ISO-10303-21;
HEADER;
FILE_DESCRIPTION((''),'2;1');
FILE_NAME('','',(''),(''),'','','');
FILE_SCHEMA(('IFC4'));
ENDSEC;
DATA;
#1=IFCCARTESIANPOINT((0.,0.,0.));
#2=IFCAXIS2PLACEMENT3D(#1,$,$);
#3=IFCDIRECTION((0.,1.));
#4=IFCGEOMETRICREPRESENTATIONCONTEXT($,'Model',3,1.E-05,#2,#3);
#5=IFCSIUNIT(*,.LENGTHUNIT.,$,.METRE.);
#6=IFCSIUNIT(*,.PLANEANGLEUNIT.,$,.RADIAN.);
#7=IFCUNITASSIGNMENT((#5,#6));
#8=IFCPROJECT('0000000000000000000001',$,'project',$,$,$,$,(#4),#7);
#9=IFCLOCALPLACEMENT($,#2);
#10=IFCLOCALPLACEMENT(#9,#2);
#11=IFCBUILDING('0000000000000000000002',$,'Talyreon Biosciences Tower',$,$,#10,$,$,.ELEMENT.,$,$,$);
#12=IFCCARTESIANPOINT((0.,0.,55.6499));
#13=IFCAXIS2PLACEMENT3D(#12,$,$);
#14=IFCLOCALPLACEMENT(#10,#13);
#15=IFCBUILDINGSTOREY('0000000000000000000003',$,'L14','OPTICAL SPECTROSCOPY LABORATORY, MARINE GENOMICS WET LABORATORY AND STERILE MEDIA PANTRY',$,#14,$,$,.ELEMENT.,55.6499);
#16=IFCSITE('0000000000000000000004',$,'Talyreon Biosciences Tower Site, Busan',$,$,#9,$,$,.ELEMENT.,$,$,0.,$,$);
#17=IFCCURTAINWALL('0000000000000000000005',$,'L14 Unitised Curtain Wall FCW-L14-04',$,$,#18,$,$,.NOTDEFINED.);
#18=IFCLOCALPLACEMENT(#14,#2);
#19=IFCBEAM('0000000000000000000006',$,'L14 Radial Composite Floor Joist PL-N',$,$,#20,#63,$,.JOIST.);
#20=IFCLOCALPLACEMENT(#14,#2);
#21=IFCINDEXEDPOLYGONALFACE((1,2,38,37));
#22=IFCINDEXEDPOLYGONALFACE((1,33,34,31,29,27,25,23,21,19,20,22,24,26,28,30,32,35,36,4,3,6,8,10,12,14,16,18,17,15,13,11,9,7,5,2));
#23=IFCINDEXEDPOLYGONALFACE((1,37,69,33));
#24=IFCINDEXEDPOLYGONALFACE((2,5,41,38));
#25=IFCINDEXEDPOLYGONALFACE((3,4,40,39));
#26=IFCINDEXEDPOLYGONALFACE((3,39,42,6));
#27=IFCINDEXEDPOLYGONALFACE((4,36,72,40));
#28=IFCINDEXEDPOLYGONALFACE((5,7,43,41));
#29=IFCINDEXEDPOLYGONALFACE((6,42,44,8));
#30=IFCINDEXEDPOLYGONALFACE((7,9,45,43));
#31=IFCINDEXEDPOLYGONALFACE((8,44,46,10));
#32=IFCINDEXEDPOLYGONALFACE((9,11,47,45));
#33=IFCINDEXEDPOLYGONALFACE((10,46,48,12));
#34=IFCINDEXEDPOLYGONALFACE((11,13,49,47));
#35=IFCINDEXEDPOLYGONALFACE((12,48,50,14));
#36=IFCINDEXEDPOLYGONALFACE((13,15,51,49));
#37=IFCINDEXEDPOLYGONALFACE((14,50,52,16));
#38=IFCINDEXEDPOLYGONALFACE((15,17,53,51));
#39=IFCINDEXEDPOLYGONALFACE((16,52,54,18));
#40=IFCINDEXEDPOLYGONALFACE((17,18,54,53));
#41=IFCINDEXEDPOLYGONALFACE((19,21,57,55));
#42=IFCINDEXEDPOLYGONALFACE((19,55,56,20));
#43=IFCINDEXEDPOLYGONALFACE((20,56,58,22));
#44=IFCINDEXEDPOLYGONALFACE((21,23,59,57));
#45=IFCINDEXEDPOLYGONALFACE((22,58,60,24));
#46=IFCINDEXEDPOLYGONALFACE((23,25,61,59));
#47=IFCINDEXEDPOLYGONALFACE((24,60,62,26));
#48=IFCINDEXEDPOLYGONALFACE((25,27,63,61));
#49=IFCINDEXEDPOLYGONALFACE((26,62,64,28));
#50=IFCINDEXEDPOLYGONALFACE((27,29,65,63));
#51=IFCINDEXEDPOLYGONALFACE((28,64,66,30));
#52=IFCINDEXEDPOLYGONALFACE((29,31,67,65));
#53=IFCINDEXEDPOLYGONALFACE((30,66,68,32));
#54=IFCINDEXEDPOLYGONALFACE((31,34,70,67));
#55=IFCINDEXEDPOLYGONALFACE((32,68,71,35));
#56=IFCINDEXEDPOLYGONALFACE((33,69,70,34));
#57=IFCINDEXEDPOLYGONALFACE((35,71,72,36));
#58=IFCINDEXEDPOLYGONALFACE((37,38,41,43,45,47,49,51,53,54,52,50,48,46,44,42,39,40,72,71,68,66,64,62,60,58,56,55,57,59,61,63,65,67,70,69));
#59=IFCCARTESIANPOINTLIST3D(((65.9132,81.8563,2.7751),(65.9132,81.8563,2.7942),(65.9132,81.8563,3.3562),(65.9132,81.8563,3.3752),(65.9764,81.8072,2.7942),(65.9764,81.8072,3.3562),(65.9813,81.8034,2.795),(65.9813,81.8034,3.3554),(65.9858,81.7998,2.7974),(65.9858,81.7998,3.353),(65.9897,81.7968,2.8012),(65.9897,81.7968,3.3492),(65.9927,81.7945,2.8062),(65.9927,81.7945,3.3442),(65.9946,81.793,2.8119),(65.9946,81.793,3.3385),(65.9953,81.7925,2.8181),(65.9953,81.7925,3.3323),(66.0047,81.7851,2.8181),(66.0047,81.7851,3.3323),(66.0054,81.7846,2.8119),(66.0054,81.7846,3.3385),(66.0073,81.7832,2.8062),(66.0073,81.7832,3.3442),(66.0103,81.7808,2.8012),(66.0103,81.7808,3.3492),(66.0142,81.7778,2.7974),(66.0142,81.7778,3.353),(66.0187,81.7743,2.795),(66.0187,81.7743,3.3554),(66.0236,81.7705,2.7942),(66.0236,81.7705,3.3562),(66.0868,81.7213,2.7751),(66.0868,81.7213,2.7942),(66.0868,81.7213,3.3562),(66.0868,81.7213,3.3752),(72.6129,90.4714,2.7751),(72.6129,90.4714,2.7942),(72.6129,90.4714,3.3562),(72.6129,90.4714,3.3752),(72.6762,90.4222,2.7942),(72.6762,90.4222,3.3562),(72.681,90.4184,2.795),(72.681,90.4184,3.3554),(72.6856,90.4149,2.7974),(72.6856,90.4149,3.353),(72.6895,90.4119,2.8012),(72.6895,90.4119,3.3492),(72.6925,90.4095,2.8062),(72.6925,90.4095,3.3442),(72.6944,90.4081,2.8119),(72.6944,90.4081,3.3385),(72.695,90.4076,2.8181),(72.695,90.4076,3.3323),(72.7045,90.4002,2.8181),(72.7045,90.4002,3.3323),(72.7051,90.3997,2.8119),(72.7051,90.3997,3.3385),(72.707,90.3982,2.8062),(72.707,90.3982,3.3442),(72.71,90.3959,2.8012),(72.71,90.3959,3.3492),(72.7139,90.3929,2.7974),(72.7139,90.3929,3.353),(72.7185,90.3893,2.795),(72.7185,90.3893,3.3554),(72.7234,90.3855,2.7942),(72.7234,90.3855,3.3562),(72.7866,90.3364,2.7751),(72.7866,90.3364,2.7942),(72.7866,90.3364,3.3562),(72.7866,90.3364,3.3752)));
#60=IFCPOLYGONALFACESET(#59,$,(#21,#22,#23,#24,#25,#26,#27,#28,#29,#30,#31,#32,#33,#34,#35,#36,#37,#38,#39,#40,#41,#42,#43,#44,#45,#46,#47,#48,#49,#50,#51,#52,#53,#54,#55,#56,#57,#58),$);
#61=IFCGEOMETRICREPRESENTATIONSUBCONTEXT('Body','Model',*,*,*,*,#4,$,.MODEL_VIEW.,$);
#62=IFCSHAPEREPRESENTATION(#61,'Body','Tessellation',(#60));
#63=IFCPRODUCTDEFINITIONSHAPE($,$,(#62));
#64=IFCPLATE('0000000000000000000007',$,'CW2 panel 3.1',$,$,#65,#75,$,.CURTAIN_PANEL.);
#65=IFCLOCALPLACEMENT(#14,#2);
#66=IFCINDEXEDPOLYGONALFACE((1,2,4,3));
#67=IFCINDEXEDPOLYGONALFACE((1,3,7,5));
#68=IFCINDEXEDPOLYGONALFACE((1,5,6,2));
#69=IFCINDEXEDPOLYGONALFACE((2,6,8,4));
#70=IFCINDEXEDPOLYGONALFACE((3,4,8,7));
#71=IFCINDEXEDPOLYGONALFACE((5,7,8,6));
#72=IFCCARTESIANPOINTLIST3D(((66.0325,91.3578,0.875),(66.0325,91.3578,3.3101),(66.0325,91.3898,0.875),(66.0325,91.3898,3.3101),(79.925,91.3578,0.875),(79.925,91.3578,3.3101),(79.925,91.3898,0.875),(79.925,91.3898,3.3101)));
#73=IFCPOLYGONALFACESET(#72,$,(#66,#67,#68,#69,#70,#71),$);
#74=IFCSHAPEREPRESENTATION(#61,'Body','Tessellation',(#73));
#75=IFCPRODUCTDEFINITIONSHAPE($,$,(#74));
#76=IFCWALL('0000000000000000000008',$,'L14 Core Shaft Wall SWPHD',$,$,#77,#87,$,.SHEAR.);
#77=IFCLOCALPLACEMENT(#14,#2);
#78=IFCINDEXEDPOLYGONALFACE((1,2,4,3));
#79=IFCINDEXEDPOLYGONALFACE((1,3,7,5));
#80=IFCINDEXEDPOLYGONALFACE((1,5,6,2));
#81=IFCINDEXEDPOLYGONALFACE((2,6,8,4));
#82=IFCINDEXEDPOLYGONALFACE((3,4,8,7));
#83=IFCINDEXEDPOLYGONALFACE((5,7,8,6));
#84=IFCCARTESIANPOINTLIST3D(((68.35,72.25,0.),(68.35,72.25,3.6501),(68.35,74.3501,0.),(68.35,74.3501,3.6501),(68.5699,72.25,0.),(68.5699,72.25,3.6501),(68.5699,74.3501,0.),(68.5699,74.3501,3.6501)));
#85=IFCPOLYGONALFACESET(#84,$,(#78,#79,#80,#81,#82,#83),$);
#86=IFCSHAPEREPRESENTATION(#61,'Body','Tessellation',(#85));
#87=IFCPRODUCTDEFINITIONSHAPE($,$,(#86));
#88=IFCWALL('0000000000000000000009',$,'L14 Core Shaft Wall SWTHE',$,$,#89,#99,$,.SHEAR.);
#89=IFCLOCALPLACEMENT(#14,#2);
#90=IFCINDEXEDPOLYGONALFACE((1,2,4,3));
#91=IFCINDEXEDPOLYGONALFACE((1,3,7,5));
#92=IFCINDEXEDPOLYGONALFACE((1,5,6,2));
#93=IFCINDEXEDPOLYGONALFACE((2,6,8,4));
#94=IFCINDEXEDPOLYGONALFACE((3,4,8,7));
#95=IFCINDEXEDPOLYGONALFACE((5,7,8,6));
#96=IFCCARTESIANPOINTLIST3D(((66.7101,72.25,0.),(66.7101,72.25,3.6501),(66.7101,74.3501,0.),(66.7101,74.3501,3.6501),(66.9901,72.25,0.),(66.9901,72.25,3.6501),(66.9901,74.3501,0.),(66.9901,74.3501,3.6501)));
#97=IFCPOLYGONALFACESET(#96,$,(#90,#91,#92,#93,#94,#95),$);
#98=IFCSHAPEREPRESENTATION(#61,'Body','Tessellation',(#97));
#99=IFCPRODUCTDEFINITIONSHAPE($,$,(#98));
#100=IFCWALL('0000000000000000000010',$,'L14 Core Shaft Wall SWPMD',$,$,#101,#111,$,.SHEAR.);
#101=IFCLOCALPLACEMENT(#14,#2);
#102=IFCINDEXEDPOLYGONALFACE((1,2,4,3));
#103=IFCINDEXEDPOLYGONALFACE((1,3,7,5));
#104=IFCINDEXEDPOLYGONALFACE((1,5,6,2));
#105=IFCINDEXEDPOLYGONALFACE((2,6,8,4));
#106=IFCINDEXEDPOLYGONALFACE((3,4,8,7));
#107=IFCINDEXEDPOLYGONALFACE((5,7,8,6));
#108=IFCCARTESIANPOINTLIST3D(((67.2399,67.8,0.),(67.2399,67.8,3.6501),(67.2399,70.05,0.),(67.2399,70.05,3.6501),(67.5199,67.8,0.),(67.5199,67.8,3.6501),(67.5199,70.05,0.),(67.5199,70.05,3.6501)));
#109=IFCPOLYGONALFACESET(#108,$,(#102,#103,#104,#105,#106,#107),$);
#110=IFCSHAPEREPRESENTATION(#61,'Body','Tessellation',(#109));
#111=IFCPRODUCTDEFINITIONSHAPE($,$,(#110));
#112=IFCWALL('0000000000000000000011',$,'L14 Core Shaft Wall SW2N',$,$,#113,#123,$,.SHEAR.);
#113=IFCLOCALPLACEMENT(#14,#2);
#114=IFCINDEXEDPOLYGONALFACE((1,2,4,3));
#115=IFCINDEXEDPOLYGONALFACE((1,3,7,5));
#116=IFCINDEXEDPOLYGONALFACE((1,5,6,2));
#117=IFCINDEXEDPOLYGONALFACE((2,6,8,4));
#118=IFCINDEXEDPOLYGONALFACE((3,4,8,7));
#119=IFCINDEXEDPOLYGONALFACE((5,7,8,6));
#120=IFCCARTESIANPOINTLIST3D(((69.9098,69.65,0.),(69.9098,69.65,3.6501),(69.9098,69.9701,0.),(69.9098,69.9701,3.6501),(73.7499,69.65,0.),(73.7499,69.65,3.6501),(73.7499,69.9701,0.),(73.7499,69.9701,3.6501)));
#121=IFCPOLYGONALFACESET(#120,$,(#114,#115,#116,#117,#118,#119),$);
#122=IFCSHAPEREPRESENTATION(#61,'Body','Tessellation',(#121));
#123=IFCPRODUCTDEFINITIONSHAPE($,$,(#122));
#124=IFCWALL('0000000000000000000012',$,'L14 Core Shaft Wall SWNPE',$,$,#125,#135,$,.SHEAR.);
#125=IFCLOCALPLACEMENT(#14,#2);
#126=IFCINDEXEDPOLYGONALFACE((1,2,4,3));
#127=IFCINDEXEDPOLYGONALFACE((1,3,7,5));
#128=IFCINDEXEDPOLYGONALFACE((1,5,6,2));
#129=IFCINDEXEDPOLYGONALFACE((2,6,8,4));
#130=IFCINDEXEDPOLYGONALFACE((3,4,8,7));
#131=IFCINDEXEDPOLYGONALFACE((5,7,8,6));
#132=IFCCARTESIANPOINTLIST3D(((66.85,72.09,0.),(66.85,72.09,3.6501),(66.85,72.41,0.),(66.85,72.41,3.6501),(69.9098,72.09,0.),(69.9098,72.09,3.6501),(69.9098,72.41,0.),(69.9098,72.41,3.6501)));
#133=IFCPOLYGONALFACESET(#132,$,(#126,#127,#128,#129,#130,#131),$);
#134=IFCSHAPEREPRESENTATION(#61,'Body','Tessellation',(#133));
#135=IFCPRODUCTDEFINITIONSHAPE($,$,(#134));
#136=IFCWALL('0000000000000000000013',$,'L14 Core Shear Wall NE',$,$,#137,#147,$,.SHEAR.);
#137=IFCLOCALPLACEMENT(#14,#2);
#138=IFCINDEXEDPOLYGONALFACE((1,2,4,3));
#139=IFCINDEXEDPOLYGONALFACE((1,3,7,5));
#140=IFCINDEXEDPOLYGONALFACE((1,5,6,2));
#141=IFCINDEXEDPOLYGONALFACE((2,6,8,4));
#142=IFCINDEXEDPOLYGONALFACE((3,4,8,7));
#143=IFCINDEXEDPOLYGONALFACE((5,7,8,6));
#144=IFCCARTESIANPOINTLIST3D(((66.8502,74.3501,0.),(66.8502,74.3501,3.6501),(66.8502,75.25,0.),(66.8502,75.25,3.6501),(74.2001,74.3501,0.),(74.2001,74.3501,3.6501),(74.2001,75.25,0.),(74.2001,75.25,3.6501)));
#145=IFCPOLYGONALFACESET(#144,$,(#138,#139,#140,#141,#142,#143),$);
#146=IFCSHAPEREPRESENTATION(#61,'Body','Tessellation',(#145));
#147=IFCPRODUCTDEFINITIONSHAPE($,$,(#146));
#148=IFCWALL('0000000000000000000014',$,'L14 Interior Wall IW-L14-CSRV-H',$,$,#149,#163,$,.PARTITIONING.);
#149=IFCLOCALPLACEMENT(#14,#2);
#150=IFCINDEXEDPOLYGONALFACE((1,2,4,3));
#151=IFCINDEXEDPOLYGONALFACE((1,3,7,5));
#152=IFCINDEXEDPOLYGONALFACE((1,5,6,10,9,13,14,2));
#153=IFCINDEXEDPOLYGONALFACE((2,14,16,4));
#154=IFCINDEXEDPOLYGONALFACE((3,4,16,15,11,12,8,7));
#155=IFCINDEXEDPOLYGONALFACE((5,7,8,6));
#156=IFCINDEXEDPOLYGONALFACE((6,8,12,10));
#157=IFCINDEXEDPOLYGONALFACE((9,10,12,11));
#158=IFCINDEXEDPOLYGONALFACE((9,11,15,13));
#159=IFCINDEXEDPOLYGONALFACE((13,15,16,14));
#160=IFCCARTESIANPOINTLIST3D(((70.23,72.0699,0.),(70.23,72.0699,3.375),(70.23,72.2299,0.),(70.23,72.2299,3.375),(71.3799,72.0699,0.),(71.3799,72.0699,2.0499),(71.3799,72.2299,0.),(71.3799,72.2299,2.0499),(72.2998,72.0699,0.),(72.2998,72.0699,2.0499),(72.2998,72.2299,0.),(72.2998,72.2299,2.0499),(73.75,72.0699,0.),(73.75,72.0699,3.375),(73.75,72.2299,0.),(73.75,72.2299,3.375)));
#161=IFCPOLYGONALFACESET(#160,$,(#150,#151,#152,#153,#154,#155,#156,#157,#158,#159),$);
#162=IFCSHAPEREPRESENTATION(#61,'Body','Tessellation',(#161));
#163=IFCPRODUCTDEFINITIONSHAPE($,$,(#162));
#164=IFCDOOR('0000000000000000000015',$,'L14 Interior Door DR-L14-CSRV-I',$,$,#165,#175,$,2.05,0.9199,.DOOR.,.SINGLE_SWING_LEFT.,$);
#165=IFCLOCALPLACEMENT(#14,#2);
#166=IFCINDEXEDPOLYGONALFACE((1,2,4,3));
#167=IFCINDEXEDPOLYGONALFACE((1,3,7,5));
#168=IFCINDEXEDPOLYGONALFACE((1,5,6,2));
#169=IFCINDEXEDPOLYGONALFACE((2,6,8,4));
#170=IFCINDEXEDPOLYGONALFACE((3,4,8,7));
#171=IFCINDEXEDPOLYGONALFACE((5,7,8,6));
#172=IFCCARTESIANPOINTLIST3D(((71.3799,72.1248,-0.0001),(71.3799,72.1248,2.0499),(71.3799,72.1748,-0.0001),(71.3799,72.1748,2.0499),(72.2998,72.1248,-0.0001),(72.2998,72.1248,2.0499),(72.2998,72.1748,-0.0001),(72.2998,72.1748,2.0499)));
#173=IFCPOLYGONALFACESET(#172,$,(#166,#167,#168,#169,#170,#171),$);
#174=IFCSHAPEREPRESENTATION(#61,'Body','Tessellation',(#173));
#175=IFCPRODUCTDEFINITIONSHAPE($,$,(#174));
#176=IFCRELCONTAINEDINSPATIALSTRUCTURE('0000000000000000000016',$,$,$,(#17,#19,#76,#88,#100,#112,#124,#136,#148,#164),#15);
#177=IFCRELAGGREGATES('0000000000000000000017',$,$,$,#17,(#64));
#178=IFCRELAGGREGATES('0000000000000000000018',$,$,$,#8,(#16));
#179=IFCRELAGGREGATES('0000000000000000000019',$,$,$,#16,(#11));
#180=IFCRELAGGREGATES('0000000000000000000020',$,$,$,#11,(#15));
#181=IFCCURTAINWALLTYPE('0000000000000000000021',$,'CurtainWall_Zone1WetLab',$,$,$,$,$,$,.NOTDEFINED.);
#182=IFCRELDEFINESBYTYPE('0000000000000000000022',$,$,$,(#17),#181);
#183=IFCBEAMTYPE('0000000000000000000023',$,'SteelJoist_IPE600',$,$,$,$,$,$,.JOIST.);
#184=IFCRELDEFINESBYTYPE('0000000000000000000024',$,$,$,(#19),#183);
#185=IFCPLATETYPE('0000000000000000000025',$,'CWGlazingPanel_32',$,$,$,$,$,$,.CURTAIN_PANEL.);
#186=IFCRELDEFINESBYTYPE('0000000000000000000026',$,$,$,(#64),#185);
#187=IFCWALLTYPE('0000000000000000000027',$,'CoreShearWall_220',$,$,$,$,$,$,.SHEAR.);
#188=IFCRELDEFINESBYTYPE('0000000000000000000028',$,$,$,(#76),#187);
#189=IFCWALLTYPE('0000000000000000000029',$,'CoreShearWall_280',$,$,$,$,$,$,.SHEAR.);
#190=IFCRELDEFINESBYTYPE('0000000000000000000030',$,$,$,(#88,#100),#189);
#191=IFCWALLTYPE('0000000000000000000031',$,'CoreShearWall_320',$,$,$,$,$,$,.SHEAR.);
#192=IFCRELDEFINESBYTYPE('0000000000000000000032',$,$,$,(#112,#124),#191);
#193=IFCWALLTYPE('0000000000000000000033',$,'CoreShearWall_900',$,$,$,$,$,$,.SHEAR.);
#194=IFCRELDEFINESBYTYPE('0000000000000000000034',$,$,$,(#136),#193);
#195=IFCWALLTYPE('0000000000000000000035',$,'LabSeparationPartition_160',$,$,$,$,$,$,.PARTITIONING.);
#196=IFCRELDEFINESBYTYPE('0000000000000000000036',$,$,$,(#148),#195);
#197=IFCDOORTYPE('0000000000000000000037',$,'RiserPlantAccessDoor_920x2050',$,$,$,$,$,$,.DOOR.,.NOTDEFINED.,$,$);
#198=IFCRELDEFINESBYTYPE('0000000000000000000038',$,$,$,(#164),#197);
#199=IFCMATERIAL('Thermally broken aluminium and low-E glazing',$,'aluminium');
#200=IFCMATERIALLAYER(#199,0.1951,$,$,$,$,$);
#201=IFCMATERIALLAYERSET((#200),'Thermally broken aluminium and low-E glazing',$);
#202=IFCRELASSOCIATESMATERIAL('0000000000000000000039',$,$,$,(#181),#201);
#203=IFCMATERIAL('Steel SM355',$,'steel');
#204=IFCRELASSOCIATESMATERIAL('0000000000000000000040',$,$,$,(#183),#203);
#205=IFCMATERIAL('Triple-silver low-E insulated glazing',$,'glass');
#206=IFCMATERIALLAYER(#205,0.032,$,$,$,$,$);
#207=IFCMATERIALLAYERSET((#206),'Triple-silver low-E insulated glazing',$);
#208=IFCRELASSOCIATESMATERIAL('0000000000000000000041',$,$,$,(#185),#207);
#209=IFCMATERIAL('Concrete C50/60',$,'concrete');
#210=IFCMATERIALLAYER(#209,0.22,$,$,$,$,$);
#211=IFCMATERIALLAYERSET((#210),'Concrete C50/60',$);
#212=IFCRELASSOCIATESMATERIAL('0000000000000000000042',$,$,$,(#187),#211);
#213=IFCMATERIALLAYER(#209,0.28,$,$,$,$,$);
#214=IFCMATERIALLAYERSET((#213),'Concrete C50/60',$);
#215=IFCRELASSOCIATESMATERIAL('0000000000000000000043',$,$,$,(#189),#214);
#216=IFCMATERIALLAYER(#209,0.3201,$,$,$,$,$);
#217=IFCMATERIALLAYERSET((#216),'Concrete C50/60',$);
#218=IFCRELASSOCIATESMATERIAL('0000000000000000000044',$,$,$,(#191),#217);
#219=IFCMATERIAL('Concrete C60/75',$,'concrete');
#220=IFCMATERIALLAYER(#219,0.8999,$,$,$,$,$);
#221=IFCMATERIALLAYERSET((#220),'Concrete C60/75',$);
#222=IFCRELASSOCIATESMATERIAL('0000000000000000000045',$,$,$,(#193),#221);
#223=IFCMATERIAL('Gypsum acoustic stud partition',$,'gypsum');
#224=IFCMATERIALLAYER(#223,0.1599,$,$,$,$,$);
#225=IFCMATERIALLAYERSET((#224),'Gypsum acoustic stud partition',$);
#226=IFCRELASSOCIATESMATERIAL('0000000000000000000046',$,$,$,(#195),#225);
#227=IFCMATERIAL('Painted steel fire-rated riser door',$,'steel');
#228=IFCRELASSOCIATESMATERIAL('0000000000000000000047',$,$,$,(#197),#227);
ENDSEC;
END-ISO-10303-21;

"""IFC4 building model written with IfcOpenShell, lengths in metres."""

from ifc_helpers import new_model, si_unit, direction, frame, frame_2d, origin, origin_2d, place, context, subcontext, project, spatial, rectangle, i_section, extrude, material, layer, layer_set, material_profile, profile_set, type_object, element, fill, aggregate, save


model = new_model("IFC4")

# Units and contexts
model_context = context("Model", 3, precision=1e-05, world=origin(), true_north=direction((0.0, 1.0)))
body_context = subcontext(model_context, "Body", "Model", "MODEL_VIEW")
ifc_project = project(units=[si_unit("LENGTHUNIT", "METRE"), si_unit("PLANEANGLEUNIT", "RADIAN")], contexts=[model_context])

# Site, building, storey
site_placement = place(None, origin())
site = spatial("IfcSite", under=ifc_project, at=site_placement, Name="Talyreon Biosciences Tower Site, Busan", CompositionType="ELEMENT", RefElevation=0.0)
building_placement = place(site_placement, origin())
building = spatial("IfcBuilding", under=site, at=building_placement, Name="Talyreon Biosciences Tower", CompositionType="ELEMENT")
storey_placement = place(building_placement, frame((0.0, 0.0, 55.6499)))
storey = spatial("IfcBuildingStorey", under=building, at=storey_placement, Name="L14", Description="OPTICAL SPECTROSCOPY LABORATORY, MARINE GENOMICS WET LABORATORY AND STERILE MEDIA PANTRY", CompositionType="ELEMENT", Elevation=55.6499)

# Shared definitions
ifc_material_1 = material(Name="Concrete C60/75", Category="concrete")

# Curtain wall
ifc_material_2 = material(Name="Thermally broken aluminium and low-E glazing", Category="aluminium")
ifc_layer_1 = layer(ifc_material_2, 0.1951)
ifc_layer_set_1 = layer_set([ifc_layer_1], Name="Thermally broken aluminium and low-E glazing")
curtain_wall_type = type_object("IfcCurtainWallType", Name="CurtainWall_Zone1WetLab", PredefinedType="NOTDEFINED", material=ifc_layer_set_1)
curtain_wall_placement = place(storey_placement, origin())
curtain_wall = element("IfcCurtainWall", 1, at=curtain_wall_placement, inside=storey, type_object=curtain_wall_type, Name="L14 Unitised Curtain Wall FCW-L14-04", PredefinedType="NOTDEFINED")

# Beam
ifc_material_3 = material(Name="Steel SM355", Category="steel")
ifc_material_profile_1 = material_profile(ifc_material_3, i_section(OverallWidth=0.22, OverallDepth=0.6001, WebThickness=0.012, FlangeThickness=0.019, FilletRadius=0.0239, at=origin_2d()), Name="IPE600")
ifc_profile_set_1 = profile_set([ifc_material_profile_1], Name="Steel SM355")
beam_type_1 = type_object("IfcBeamType", Name="SteelJoist_IPE600", PredefinedType="JOIST", material=ifc_profile_set_1)
beam_1_placement = place(storey_placement, frame((66.0, 81.7888, 3.0752), z_axis=(0.613893, 0.78939, 0.0), x_axis=(-0.78939, 0.613893, 0.0)))
element("IfcBeam", 2, at=beam_1_placement, inside=storey, type_object=beam_type_1, Name="L14 Radial Composite Floor Joist PL-N", PredefinedType="JOIST", context=body_context, shape_type="SweptSolid", body=[
    extrude(i_section(OverallWidth=0.22, OverallDepth=0.6001, WebThickness=0.012, FlangeThickness=0.019, FilletRadius=0.0239, at=origin_2d()), origin(), (0.0, 0.0, 1.0), 10.9136),
])

# Plate
ifc_material_4 = material(Name="Triple-silver low-E insulated glazing", Category="glass")
ifc_layer_2 = layer(ifc_material_4, 0.032)
ifc_layer_set_2 = layer_set([ifc_layer_2], Name="Triple-silver low-E insulated glazing")
plate_type = type_object("IfcPlateType", Name="CWGlazingPanel_32", PredefinedType="CURTAIN_PANEL", material=ifc_layer_set_2)
plate_placement = place(storey_placement, frame((72.9788, 91.3738, 0.875), z_axis=(0.0, 0.0, 1.0), x_axis=(1.0, 0.0, 0.0)))
plate = element("IfcPlate", 3, at=plate_placement, type_object=plate_type, Name="CW2 panel 3.1", PredefinedType="CURTAIN_PANEL", context=body_context, shape_type="SweptSolid", body=[
    extrude(rectangle(XDim=13.8926, YDim=0.032, at=origin_2d()), origin(), (0.0, 0.0, 1.0), 2.4351),
])
aggregate(curtain_wall, [plate])

# Walls
ifc_material_5 = material(Name="Concrete C50/60", Category="concrete")
ifc_layer_3 = layer(ifc_material_5, 0.22)
ifc_layer_set_3 = layer_set([ifc_layer_3], Name="Concrete C50/60")
wall_type_1 = type_object("IfcWallType", Name="CoreShearWall_220", PredefinedType="SHEAR", material=ifc_layer_set_3)
wall_1_placement = place(storey_placement, frame((68.46, 72.25, 0.0), z_axis=(0.0, 0.0, 1.0), x_axis=(0.0, 1.0, 0.0)))
element("IfcWall", 4, at=wall_1_placement, inside=storey, type_object=wall_type_1, Name="L14 Core Shaft Wall SWPHD", PredefinedType="SHEAR", context=body_context, shape_type="SweptSolid", body=[
    extrude(rectangle(XDim=2.1001, YDim=0.22, at=frame_2d((1.05, 0.0))), origin(), (0.0, 0.0, 1.0), 3.6501),
])
ifc_layer_4 = layer(ifc_material_5, 0.28)
ifc_layer_set_4 = layer_set([ifc_layer_4], Name="Concrete C50/60")
wall_type_2 = type_object("IfcWallType", Name="CoreShearWall_280", PredefinedType="SHEAR", material=ifc_layer_set_4)
wall_2_placement = place(storey_placement, frame((66.8501, 72.25, 0.0), z_axis=(0.0, 0.0, 1.0), x_axis=(0.0, 1.0, 0.0)))
element("IfcWall", 5, at=wall_2_placement, inside=storey, type_object=wall_type_2, Name="L14 Core Shaft Wall SWTHE", PredefinedType="SHEAR", context=body_context, shape_type="SweptSolid", body=[
    extrude(rectangle(XDim=2.1001, YDim=0.28, at=frame_2d((1.05, 0.0))), origin(), (0.0, 0.0, 1.0), 3.6501),
])
wall_3_placement = place(storey_placement, frame((67.3799, 67.8, 0.0), z_axis=(0.0, 0.0, 1.0), x_axis=(0.0, 1.0, 0.0)))
element("IfcWall", 6, at=wall_3_placement, inside=storey, type_object=wall_type_2, Name="L14 Core Shaft Wall SWPMD", PredefinedType="SHEAR", context=body_context, shape_type="SweptSolid", body=[
    extrude(rectangle(XDim=2.25, YDim=0.28, at=frame_2d((1.125, 0.0))), origin(), (0.0, 0.0, 1.0), 3.6501),
])
ifc_layer_5 = layer(ifc_material_5, 0.3201)
ifc_layer_set_5 = layer_set([ifc_layer_5], Name="Concrete C50/60")
wall_type_3 = type_object("IfcWallType", Name="CoreShearWall_320", PredefinedType="SHEAR", material=ifc_layer_set_5)
wall_4_placement = place(storey_placement, frame((69.9099, 69.8101, 0.0), z_axis=(0.0, 0.0, 1.0), x_axis=(1.0, 0.0, 0.0)))
element("IfcWall", 7, at=wall_4_placement, inside=storey, type_object=wall_type_3, Name="L14 Core Shaft Wall SW2N", PredefinedType="SHEAR", context=body_context, shape_type="SweptSolid", body=[
    extrude(rectangle(XDim=3.8401, YDim=0.3201, at=frame_2d((1.9199, 0.0))), origin(), (0.0, 0.0, 1.0), 3.6501),
])
wall_5_placement = place(storey_placement, frame((66.8501, 72.25, 0.0), z_axis=(0.0, 0.0, 1.0), x_axis=(1.0, 0.0, 0.0)))
element("IfcWall", 8, at=wall_5_placement, inside=storey, type_object=wall_type_3, Name="L14 Core Shaft Wall SWNPE", PredefinedType="SHEAR", context=body_context, shape_type="SweptSolid", body=[
    extrude(rectangle(XDim=3.0598, YDim=0.3201, at=frame_2d((1.5298, 0.0))), origin(), (0.0, 0.0, 1.0), 3.6501),
])
ifc_layer_6 = layer(ifc_material_1, 0.8999)
ifc_layer_set_6 = layer_set([ifc_layer_6], Name="Concrete C60/75")
wall_type_4 = type_object("IfcWallType", Name="CoreShearWall_900", PredefinedType="SHEAR", material=ifc_layer_set_6)
wall_6_placement = place(storey_placement, frame((74.2, 74.8, 0.0), z_axis=(0.0, 0.0, 1.0), x_axis=(-1.0, 0.0, 0.0)))
element("IfcWall", 9, at=wall_6_placement, inside=storey, type_object=wall_type_4, Name="L14 Core Shear Wall NE", PredefinedType="SHEAR", context=body_context, shape_type="SweptSolid", body=[
    extrude(rectangle(XDim=7.3499, YDim=0.8999, at=frame_2d((3.6748, 0.0))), origin(), (0.0, 0.0, 1.0), 3.6501),
])

# Wall, opening, door
ifc_material_6 = material(Name="Gypsum acoustic stud partition", Category="gypsum")
ifc_layer_7 = layer(ifc_material_6, 0.1599)
ifc_layer_set_7 = layer_set([ifc_layer_7], Name="Gypsum acoustic stud partition")
wall_type_5 = type_object("IfcWallType", Name="LabSeparationPartition_160", PredefinedType="PARTITIONING", material=ifc_layer_set_7)
wall_7_placement = place(storey_placement, frame((70.23, 72.1499, 0.0), z_axis=(0.0, 0.0, 1.0), x_axis=(1.0, 0.0, 0.0)))
wall_7 = element("IfcWall", 10, at=wall_7_placement, inside=storey, type_object=wall_type_5, Name="L14 Interior Wall IW-L14-CSRV-H", PredefinedType="PARTITIONING", context=body_context, shape_type="SweptSolid", body=[
    extrude(rectangle(XDim=3.52, YDim=0.1599, at=frame_2d((1.76, 0.0))), origin(), (0.0, 0.0, 1.0), 3.375),
])
opening_placement = place(wall_7_placement, frame((1.1499, 0.0, 0.0)))
opening = element("IfcOpeningElement", 11, at=opening_placement, cuts=wall_7, PredefinedType="OPENING", context=body_context, shape_type="SweptSolid", body=[
    extrude(rectangle(XDim=0.9199, YDim=2.05, at=frame_2d((0.46, 1.0249))), frame((0.0, 0.0898, 0.0), z_axis=(0.0, -1.0, 0.0), x_axis=(1.0, 0.0, 0.0)), (0.0, 0.0, 1.0), 0.1799),
])
ifc_material_7 = material(Name="Painted steel fire-rated riser door", Category="steel")
door_type = type_object("IfcDoorType", Name="RiserPlantAccessDoor_920x2050", OperationType="NOTDEFINED", PredefinedType="DOOR", material=ifc_material_7)
door_placement = place(opening_placement, origin())
door = element("IfcDoor", 12, at=door_placement, inside=storey, type_object=door_type, Name="L14 Interior Door DR-L14-CSRV-I", OperationType="SINGLE_SWING_LEFT", OverallHeight=2.05, OverallWidth=0.9199, PredefinedType="DOOR", context=body_context, shape_type="SweptSolid", body=[
    extrude(rectangle(XDim=0.9199, YDim=2.05, at=frame_2d((0.46, 1.0249))), frame((0.0, 0.0249, 0.0), z_axis=(0.0, -1.0, 0.0), x_axis=(1.0, 0.0, 0.0)), (0.0, 0.0, 1.0), 0.05),
])
fill(opening, door)

save(model, "model.ifc")
